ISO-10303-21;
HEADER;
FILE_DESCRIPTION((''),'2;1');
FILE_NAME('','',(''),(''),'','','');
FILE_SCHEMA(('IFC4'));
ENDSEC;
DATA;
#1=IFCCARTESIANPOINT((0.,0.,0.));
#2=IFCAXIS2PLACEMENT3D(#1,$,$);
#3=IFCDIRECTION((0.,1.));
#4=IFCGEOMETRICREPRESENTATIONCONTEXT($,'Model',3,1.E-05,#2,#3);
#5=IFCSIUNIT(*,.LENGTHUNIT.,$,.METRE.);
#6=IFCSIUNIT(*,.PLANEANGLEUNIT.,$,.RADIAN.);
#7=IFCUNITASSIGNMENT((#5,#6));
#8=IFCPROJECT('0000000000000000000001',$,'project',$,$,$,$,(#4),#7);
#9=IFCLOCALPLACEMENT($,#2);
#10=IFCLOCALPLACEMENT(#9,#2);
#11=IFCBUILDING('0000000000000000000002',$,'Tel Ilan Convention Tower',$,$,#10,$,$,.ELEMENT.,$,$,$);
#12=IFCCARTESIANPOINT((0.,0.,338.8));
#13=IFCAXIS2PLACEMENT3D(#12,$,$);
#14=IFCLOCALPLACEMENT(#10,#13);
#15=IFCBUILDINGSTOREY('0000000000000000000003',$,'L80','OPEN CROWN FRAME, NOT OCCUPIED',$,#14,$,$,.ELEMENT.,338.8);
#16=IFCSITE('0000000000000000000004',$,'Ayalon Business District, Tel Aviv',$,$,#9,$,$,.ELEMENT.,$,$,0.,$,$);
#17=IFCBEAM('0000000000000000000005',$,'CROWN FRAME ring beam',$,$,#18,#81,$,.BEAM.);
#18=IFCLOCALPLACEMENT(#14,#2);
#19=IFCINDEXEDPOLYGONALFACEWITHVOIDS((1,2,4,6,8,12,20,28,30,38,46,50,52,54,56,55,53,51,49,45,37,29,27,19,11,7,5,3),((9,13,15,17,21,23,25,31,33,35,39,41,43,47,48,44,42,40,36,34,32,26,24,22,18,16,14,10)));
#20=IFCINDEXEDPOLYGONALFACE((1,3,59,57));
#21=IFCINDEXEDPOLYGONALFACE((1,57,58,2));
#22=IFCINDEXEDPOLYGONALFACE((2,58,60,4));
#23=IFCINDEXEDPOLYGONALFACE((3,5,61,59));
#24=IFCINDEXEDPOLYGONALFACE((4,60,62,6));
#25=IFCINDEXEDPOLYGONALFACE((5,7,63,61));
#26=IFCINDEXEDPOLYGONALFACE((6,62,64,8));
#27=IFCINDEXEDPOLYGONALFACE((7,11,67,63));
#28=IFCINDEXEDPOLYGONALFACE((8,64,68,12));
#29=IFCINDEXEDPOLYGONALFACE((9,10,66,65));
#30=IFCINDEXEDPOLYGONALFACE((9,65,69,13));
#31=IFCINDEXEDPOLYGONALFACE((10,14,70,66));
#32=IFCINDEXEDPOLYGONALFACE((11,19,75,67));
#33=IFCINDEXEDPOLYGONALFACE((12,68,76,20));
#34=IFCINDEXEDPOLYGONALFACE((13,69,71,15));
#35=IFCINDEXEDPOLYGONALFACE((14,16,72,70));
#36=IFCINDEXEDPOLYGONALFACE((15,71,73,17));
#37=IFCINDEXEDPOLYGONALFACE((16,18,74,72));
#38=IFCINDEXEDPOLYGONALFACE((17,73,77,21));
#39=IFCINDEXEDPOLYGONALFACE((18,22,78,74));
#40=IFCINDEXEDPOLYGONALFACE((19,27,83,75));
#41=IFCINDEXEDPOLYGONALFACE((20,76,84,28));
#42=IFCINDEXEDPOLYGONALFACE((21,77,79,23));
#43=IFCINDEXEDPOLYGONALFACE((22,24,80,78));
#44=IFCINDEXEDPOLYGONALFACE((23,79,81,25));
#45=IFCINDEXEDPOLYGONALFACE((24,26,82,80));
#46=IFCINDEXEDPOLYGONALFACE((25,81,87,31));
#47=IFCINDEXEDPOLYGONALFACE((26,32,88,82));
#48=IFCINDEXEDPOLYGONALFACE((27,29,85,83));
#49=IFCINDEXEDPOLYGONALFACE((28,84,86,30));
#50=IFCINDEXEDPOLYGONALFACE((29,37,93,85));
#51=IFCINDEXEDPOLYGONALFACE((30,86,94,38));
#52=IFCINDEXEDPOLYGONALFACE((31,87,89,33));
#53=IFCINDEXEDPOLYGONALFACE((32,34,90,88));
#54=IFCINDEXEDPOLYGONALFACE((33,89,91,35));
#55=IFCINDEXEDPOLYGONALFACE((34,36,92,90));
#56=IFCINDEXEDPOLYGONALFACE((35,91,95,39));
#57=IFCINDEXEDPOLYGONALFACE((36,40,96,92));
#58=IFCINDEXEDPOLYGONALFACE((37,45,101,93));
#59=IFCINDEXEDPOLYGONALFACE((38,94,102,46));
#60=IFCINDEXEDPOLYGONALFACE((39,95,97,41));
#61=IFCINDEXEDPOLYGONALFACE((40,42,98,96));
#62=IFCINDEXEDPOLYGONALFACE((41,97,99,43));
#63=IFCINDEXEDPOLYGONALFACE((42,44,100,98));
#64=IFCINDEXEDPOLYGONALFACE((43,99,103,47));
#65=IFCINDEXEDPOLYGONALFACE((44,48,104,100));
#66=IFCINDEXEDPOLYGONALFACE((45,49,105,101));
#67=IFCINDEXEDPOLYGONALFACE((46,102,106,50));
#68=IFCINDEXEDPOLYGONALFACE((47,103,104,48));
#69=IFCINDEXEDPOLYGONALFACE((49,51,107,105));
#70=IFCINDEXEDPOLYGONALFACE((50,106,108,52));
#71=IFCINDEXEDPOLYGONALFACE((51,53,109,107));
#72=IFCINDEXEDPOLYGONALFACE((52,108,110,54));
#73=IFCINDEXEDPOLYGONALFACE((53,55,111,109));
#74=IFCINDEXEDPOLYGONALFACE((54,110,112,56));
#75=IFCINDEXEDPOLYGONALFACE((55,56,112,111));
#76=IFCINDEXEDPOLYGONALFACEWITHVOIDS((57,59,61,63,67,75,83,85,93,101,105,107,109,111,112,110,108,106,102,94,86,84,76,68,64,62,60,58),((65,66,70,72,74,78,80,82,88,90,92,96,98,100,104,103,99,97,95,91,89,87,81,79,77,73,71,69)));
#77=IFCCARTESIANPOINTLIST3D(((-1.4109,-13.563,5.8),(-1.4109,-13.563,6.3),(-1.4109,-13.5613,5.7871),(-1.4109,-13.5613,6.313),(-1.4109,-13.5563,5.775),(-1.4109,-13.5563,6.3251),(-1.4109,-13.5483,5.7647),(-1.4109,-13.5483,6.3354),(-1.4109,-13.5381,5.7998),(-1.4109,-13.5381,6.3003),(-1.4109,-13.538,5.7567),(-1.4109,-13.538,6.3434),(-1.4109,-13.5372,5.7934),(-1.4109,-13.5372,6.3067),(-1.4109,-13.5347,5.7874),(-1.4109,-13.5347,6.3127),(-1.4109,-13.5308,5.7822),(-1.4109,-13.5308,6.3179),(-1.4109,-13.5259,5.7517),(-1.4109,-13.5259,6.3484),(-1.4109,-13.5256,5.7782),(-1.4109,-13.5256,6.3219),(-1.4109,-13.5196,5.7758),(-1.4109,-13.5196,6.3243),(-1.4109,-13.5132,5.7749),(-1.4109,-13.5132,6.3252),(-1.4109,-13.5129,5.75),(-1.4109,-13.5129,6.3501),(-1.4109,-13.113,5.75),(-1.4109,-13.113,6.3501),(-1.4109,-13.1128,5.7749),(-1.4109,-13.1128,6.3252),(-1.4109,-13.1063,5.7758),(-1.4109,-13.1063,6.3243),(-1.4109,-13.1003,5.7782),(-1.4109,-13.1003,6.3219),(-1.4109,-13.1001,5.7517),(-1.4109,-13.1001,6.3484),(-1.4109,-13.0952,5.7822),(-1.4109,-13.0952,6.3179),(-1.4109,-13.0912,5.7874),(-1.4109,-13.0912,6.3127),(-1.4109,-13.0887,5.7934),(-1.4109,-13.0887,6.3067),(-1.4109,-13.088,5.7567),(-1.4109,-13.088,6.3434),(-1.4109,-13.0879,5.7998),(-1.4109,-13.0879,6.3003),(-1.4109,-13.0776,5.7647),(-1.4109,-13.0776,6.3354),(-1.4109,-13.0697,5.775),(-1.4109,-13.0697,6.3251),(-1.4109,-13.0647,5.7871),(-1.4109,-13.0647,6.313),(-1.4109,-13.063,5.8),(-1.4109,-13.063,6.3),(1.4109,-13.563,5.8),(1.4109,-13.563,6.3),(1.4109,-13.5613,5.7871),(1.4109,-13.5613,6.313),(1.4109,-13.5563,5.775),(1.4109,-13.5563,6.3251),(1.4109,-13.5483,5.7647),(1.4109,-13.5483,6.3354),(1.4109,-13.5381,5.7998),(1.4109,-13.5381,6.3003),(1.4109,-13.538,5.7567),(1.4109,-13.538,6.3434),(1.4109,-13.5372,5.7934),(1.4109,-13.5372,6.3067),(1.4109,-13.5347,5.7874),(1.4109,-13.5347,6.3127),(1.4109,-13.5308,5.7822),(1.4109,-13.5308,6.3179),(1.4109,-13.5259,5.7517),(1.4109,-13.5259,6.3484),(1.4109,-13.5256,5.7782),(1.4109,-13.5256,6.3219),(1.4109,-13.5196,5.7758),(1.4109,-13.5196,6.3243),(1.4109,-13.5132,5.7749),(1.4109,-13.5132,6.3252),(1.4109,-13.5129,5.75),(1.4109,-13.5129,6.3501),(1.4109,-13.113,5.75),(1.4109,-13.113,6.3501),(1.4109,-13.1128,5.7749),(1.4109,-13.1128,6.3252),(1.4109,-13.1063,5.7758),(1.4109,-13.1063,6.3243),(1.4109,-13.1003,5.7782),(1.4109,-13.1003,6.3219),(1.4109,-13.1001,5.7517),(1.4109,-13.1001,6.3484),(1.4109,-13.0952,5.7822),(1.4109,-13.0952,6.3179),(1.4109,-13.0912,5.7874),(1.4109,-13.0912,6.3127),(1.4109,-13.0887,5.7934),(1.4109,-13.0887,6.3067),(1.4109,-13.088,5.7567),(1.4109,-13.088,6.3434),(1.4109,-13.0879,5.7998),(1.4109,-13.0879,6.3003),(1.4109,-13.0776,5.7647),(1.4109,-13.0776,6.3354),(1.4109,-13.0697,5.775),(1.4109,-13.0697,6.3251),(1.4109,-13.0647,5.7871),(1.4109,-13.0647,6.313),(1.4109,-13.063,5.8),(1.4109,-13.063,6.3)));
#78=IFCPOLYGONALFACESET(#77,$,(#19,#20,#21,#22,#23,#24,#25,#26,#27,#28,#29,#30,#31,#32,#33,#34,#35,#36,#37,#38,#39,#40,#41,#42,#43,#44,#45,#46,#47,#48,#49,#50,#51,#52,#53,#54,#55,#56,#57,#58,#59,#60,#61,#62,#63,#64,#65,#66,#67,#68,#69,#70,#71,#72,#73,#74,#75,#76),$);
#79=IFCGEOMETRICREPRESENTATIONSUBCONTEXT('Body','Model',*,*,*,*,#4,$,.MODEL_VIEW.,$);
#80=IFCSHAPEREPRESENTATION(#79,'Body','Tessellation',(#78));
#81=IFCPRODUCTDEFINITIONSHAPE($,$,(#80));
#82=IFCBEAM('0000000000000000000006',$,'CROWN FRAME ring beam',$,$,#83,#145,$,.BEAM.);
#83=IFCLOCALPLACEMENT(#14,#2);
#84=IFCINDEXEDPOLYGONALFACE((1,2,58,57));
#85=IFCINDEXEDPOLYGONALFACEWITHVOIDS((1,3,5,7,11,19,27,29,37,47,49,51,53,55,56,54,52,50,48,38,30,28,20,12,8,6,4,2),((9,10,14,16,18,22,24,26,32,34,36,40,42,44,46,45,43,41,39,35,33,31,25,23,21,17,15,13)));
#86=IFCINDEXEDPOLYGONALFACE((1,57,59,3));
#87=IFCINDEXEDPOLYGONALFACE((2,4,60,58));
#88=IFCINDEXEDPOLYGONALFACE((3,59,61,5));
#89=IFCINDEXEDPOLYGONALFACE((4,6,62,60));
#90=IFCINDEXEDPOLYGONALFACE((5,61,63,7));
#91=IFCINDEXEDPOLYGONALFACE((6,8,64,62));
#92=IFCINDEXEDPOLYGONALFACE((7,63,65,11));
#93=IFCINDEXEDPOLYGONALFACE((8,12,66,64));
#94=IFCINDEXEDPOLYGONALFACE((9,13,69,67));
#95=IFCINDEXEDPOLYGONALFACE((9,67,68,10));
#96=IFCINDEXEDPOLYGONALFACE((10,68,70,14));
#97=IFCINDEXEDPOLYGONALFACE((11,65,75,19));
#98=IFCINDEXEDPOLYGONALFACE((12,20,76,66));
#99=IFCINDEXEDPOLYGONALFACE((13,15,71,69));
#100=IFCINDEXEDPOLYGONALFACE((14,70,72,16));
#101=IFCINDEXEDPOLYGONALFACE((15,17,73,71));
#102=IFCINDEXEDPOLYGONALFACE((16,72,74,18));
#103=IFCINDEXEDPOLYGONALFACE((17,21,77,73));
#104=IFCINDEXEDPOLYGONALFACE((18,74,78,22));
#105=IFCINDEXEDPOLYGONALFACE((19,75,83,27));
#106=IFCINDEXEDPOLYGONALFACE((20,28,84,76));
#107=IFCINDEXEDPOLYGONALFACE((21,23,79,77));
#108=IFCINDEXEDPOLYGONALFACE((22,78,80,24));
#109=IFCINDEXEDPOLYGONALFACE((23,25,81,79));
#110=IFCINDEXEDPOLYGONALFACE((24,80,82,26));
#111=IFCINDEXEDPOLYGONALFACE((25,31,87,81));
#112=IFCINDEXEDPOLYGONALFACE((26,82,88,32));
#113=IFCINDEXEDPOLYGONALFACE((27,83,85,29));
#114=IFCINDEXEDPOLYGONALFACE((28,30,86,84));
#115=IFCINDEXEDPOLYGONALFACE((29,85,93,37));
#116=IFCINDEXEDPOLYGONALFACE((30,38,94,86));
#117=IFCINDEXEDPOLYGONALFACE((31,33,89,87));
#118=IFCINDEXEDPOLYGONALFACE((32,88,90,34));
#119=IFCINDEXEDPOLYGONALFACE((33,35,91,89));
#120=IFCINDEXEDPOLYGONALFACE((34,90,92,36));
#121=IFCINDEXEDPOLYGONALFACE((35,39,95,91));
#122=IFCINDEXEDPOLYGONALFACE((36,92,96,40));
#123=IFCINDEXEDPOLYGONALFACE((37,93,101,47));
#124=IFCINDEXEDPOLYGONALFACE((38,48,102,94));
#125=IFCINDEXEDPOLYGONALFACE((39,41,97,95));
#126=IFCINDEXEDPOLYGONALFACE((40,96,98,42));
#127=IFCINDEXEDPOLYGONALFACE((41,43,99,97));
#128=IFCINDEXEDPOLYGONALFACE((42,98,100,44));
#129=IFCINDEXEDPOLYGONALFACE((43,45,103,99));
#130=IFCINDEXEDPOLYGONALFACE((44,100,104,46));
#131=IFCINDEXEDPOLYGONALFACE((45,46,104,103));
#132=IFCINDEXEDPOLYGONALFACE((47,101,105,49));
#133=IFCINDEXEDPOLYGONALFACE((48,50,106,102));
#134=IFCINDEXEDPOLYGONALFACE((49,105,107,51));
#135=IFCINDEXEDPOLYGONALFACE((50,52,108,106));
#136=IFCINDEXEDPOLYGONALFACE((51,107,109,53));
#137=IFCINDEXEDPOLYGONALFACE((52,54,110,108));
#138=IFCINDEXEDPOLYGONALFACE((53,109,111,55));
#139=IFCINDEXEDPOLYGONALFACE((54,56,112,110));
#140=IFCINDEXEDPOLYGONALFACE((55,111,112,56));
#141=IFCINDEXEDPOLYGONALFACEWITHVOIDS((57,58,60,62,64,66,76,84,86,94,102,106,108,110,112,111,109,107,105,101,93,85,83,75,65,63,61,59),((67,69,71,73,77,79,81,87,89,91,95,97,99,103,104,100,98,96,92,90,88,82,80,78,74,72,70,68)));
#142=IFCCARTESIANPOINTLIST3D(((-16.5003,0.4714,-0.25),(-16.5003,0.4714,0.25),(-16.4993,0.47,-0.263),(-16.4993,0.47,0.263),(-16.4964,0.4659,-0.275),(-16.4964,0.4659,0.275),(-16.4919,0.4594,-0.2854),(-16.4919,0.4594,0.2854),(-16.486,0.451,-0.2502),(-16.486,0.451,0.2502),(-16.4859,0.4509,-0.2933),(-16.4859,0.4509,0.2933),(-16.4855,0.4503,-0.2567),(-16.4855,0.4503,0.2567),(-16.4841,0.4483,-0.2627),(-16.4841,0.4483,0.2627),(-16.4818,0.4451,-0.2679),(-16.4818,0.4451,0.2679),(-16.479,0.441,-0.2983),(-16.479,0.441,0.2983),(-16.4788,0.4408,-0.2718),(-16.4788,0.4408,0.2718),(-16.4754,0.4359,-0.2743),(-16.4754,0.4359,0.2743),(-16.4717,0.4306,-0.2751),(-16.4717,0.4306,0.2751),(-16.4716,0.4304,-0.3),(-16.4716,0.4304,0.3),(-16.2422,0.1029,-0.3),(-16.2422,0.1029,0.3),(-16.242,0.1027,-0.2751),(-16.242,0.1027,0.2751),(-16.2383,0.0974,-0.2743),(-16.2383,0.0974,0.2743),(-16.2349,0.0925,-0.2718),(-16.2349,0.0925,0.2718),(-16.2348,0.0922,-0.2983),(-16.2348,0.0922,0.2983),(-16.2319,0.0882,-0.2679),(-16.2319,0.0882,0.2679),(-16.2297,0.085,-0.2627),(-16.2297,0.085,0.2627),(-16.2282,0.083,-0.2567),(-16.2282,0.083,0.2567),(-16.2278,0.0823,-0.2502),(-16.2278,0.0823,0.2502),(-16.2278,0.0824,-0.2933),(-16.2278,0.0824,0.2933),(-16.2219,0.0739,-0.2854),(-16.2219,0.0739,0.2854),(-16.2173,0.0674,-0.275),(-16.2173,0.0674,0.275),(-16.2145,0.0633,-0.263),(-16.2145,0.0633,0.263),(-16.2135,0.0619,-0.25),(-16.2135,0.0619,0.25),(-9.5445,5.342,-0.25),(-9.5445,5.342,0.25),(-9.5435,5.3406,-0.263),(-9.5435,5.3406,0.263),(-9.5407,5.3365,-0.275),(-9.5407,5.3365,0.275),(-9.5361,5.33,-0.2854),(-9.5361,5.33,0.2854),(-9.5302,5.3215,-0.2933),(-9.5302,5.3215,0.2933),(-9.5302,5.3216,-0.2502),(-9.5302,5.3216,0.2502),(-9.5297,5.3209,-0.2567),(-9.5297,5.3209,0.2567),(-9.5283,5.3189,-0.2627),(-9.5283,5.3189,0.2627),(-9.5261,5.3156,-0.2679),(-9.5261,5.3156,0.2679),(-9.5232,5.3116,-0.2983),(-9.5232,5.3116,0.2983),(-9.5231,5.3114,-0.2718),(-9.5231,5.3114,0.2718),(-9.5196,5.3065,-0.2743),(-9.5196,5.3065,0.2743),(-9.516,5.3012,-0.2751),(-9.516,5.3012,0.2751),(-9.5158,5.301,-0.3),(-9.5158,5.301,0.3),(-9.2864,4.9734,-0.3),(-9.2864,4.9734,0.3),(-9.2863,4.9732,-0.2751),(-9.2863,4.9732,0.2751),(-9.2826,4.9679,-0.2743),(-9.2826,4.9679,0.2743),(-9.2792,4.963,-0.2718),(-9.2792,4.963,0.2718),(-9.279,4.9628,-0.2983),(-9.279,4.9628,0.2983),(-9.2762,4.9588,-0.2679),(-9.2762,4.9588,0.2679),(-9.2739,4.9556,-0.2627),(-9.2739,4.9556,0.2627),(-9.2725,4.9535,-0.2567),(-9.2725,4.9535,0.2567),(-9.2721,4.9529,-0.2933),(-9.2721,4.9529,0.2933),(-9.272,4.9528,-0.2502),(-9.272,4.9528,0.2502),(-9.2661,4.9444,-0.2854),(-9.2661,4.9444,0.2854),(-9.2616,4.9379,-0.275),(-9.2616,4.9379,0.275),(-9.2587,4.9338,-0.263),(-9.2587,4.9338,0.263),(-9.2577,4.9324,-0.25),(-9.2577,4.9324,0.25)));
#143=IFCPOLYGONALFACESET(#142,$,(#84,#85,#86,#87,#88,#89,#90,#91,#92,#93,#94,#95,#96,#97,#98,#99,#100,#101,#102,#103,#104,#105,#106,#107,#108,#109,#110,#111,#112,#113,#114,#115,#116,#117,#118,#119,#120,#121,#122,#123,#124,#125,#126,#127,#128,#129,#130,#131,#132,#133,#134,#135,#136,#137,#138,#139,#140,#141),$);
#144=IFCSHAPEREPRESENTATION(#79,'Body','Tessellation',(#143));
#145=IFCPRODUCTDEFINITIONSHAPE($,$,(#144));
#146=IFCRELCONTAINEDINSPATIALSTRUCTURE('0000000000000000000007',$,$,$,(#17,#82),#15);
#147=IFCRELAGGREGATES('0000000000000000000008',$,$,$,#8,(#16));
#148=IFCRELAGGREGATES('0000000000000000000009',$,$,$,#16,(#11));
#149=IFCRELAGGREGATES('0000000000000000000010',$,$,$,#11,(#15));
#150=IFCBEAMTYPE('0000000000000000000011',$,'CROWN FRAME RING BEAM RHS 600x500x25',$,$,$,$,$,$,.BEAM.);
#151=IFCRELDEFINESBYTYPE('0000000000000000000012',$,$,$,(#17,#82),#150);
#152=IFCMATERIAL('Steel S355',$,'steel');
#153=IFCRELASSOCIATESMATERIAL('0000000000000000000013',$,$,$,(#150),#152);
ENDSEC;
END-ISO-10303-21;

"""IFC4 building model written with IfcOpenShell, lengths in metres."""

from ifc_helpers import new_model, si_unit, direction, frame, origin, origin_2d, place, context, subcontext, project, spatial, hollow_rectangle, extrude, material, material_profile, profile_set, type_object, element, save


model = new_model("IFC4")

# Units and contexts
model_context = context("Model", 3, precision=1e-05, world=origin(), true_north=direction((0.0, 1.0)))
body_context = subcontext(model_context, "Body", "Model", "MODEL_VIEW")
ifc_project = project(units=[si_unit("LENGTHUNIT", "METRE"), si_unit("PLANEANGLEUNIT", "RADIAN")], contexts=[model_context])

# Site, building, storey
site_placement = place(None, origin())
site = spatial("IfcSite", under=ifc_project, at=site_placement, Name="Ayalon Business District, Tel Aviv", CompositionType="ELEMENT", RefElevation=0.0)
building_placement = place(site_placement, origin())
building = spatial("IfcBuilding", under=site, at=building_placement, Name="Tel Ilan Convention Tower", CompositionType="ELEMENT")
storey_placement = place(building_placement, frame((0.0, 0.0, 338.8)))
storey = spatial("IfcBuildingStorey", under=building, at=storey_placement, Name="L80", Description="OPEN CROWN FRAME, NOT OCCUPIED", CompositionType="ELEMENT", Elevation=338.8)

# Beams
ifc_material_1 = material(Name="Steel S355", Category="steel")
ifc_material_profile_1 = material_profile(ifc_material_1, hollow_rectangle(XDim=0.5, YDim=0.6001, WallThickness=0.0249, InnerFilletRadius=0.0249, OuterFilletRadius=0.05, at=origin_2d()), Name="RHS 600x500x25")
ifc_profile_set_1 = profile_set([ifc_material_profile_1], Name="Steel S355")
beam_type = type_object("IfcBeamType", Name="CROWN FRAME RING BEAM RHS 600x500x25", PredefinedType="BEAM", material=ifc_profile_set_1)
for number, where, z_axis, x_axis, name in (
    (1, (-1.4109, -13.313, 6.05), (1.0, 0.0, 0.0), (0.0, 1.0, 0.0), "CROWN FRAME ring beam"),
):
    element("IfcBeam", number, at=place(storey_placement, frame(where, z_axis=z_axis, x_axis=x_axis)), inside=storey, type_object=beam_type, Name=name, PredefinedType="BEAM", context=body_context, shape_type="SweptSolid", body=[
        extrude(hollow_rectangle(XDim=0.5, YDim=0.6001, WallThickness=0.0249, InnerFilletRadius=0.0249, OuterFilletRadius=0.05, at=origin_2d()), origin(), (0.0, 0.0, 1.0), 2.8218),
    ])
for number, where, z_axis, x_axis, name in (
    (2, (-9.4011, 5.1372, 0.0), (-0.819147, -0.573584, 0.0), (0.573584, -0.819147, 0.0), "CROWN FRAME ring beam"),
):
    element("IfcBeam", number, at=place(storey_placement, frame(where, z_axis=z_axis, x_axis=x_axis)), inside=storey, type_object=beam_type, Name=name, PredefinedType="BEAM", context=body_context, shape_type="SweptSolid", body=[
        extrude(hollow_rectangle(XDim=0.5, YDim=0.6001, WallThickness=0.0249, InnerFilletRadius=0.0249, OuterFilletRadius=0.05, at=origin_2d()), origin(), (0.0, 0.0, 1.0), 8.4915),
    ])

save(model, "model.ifc")
